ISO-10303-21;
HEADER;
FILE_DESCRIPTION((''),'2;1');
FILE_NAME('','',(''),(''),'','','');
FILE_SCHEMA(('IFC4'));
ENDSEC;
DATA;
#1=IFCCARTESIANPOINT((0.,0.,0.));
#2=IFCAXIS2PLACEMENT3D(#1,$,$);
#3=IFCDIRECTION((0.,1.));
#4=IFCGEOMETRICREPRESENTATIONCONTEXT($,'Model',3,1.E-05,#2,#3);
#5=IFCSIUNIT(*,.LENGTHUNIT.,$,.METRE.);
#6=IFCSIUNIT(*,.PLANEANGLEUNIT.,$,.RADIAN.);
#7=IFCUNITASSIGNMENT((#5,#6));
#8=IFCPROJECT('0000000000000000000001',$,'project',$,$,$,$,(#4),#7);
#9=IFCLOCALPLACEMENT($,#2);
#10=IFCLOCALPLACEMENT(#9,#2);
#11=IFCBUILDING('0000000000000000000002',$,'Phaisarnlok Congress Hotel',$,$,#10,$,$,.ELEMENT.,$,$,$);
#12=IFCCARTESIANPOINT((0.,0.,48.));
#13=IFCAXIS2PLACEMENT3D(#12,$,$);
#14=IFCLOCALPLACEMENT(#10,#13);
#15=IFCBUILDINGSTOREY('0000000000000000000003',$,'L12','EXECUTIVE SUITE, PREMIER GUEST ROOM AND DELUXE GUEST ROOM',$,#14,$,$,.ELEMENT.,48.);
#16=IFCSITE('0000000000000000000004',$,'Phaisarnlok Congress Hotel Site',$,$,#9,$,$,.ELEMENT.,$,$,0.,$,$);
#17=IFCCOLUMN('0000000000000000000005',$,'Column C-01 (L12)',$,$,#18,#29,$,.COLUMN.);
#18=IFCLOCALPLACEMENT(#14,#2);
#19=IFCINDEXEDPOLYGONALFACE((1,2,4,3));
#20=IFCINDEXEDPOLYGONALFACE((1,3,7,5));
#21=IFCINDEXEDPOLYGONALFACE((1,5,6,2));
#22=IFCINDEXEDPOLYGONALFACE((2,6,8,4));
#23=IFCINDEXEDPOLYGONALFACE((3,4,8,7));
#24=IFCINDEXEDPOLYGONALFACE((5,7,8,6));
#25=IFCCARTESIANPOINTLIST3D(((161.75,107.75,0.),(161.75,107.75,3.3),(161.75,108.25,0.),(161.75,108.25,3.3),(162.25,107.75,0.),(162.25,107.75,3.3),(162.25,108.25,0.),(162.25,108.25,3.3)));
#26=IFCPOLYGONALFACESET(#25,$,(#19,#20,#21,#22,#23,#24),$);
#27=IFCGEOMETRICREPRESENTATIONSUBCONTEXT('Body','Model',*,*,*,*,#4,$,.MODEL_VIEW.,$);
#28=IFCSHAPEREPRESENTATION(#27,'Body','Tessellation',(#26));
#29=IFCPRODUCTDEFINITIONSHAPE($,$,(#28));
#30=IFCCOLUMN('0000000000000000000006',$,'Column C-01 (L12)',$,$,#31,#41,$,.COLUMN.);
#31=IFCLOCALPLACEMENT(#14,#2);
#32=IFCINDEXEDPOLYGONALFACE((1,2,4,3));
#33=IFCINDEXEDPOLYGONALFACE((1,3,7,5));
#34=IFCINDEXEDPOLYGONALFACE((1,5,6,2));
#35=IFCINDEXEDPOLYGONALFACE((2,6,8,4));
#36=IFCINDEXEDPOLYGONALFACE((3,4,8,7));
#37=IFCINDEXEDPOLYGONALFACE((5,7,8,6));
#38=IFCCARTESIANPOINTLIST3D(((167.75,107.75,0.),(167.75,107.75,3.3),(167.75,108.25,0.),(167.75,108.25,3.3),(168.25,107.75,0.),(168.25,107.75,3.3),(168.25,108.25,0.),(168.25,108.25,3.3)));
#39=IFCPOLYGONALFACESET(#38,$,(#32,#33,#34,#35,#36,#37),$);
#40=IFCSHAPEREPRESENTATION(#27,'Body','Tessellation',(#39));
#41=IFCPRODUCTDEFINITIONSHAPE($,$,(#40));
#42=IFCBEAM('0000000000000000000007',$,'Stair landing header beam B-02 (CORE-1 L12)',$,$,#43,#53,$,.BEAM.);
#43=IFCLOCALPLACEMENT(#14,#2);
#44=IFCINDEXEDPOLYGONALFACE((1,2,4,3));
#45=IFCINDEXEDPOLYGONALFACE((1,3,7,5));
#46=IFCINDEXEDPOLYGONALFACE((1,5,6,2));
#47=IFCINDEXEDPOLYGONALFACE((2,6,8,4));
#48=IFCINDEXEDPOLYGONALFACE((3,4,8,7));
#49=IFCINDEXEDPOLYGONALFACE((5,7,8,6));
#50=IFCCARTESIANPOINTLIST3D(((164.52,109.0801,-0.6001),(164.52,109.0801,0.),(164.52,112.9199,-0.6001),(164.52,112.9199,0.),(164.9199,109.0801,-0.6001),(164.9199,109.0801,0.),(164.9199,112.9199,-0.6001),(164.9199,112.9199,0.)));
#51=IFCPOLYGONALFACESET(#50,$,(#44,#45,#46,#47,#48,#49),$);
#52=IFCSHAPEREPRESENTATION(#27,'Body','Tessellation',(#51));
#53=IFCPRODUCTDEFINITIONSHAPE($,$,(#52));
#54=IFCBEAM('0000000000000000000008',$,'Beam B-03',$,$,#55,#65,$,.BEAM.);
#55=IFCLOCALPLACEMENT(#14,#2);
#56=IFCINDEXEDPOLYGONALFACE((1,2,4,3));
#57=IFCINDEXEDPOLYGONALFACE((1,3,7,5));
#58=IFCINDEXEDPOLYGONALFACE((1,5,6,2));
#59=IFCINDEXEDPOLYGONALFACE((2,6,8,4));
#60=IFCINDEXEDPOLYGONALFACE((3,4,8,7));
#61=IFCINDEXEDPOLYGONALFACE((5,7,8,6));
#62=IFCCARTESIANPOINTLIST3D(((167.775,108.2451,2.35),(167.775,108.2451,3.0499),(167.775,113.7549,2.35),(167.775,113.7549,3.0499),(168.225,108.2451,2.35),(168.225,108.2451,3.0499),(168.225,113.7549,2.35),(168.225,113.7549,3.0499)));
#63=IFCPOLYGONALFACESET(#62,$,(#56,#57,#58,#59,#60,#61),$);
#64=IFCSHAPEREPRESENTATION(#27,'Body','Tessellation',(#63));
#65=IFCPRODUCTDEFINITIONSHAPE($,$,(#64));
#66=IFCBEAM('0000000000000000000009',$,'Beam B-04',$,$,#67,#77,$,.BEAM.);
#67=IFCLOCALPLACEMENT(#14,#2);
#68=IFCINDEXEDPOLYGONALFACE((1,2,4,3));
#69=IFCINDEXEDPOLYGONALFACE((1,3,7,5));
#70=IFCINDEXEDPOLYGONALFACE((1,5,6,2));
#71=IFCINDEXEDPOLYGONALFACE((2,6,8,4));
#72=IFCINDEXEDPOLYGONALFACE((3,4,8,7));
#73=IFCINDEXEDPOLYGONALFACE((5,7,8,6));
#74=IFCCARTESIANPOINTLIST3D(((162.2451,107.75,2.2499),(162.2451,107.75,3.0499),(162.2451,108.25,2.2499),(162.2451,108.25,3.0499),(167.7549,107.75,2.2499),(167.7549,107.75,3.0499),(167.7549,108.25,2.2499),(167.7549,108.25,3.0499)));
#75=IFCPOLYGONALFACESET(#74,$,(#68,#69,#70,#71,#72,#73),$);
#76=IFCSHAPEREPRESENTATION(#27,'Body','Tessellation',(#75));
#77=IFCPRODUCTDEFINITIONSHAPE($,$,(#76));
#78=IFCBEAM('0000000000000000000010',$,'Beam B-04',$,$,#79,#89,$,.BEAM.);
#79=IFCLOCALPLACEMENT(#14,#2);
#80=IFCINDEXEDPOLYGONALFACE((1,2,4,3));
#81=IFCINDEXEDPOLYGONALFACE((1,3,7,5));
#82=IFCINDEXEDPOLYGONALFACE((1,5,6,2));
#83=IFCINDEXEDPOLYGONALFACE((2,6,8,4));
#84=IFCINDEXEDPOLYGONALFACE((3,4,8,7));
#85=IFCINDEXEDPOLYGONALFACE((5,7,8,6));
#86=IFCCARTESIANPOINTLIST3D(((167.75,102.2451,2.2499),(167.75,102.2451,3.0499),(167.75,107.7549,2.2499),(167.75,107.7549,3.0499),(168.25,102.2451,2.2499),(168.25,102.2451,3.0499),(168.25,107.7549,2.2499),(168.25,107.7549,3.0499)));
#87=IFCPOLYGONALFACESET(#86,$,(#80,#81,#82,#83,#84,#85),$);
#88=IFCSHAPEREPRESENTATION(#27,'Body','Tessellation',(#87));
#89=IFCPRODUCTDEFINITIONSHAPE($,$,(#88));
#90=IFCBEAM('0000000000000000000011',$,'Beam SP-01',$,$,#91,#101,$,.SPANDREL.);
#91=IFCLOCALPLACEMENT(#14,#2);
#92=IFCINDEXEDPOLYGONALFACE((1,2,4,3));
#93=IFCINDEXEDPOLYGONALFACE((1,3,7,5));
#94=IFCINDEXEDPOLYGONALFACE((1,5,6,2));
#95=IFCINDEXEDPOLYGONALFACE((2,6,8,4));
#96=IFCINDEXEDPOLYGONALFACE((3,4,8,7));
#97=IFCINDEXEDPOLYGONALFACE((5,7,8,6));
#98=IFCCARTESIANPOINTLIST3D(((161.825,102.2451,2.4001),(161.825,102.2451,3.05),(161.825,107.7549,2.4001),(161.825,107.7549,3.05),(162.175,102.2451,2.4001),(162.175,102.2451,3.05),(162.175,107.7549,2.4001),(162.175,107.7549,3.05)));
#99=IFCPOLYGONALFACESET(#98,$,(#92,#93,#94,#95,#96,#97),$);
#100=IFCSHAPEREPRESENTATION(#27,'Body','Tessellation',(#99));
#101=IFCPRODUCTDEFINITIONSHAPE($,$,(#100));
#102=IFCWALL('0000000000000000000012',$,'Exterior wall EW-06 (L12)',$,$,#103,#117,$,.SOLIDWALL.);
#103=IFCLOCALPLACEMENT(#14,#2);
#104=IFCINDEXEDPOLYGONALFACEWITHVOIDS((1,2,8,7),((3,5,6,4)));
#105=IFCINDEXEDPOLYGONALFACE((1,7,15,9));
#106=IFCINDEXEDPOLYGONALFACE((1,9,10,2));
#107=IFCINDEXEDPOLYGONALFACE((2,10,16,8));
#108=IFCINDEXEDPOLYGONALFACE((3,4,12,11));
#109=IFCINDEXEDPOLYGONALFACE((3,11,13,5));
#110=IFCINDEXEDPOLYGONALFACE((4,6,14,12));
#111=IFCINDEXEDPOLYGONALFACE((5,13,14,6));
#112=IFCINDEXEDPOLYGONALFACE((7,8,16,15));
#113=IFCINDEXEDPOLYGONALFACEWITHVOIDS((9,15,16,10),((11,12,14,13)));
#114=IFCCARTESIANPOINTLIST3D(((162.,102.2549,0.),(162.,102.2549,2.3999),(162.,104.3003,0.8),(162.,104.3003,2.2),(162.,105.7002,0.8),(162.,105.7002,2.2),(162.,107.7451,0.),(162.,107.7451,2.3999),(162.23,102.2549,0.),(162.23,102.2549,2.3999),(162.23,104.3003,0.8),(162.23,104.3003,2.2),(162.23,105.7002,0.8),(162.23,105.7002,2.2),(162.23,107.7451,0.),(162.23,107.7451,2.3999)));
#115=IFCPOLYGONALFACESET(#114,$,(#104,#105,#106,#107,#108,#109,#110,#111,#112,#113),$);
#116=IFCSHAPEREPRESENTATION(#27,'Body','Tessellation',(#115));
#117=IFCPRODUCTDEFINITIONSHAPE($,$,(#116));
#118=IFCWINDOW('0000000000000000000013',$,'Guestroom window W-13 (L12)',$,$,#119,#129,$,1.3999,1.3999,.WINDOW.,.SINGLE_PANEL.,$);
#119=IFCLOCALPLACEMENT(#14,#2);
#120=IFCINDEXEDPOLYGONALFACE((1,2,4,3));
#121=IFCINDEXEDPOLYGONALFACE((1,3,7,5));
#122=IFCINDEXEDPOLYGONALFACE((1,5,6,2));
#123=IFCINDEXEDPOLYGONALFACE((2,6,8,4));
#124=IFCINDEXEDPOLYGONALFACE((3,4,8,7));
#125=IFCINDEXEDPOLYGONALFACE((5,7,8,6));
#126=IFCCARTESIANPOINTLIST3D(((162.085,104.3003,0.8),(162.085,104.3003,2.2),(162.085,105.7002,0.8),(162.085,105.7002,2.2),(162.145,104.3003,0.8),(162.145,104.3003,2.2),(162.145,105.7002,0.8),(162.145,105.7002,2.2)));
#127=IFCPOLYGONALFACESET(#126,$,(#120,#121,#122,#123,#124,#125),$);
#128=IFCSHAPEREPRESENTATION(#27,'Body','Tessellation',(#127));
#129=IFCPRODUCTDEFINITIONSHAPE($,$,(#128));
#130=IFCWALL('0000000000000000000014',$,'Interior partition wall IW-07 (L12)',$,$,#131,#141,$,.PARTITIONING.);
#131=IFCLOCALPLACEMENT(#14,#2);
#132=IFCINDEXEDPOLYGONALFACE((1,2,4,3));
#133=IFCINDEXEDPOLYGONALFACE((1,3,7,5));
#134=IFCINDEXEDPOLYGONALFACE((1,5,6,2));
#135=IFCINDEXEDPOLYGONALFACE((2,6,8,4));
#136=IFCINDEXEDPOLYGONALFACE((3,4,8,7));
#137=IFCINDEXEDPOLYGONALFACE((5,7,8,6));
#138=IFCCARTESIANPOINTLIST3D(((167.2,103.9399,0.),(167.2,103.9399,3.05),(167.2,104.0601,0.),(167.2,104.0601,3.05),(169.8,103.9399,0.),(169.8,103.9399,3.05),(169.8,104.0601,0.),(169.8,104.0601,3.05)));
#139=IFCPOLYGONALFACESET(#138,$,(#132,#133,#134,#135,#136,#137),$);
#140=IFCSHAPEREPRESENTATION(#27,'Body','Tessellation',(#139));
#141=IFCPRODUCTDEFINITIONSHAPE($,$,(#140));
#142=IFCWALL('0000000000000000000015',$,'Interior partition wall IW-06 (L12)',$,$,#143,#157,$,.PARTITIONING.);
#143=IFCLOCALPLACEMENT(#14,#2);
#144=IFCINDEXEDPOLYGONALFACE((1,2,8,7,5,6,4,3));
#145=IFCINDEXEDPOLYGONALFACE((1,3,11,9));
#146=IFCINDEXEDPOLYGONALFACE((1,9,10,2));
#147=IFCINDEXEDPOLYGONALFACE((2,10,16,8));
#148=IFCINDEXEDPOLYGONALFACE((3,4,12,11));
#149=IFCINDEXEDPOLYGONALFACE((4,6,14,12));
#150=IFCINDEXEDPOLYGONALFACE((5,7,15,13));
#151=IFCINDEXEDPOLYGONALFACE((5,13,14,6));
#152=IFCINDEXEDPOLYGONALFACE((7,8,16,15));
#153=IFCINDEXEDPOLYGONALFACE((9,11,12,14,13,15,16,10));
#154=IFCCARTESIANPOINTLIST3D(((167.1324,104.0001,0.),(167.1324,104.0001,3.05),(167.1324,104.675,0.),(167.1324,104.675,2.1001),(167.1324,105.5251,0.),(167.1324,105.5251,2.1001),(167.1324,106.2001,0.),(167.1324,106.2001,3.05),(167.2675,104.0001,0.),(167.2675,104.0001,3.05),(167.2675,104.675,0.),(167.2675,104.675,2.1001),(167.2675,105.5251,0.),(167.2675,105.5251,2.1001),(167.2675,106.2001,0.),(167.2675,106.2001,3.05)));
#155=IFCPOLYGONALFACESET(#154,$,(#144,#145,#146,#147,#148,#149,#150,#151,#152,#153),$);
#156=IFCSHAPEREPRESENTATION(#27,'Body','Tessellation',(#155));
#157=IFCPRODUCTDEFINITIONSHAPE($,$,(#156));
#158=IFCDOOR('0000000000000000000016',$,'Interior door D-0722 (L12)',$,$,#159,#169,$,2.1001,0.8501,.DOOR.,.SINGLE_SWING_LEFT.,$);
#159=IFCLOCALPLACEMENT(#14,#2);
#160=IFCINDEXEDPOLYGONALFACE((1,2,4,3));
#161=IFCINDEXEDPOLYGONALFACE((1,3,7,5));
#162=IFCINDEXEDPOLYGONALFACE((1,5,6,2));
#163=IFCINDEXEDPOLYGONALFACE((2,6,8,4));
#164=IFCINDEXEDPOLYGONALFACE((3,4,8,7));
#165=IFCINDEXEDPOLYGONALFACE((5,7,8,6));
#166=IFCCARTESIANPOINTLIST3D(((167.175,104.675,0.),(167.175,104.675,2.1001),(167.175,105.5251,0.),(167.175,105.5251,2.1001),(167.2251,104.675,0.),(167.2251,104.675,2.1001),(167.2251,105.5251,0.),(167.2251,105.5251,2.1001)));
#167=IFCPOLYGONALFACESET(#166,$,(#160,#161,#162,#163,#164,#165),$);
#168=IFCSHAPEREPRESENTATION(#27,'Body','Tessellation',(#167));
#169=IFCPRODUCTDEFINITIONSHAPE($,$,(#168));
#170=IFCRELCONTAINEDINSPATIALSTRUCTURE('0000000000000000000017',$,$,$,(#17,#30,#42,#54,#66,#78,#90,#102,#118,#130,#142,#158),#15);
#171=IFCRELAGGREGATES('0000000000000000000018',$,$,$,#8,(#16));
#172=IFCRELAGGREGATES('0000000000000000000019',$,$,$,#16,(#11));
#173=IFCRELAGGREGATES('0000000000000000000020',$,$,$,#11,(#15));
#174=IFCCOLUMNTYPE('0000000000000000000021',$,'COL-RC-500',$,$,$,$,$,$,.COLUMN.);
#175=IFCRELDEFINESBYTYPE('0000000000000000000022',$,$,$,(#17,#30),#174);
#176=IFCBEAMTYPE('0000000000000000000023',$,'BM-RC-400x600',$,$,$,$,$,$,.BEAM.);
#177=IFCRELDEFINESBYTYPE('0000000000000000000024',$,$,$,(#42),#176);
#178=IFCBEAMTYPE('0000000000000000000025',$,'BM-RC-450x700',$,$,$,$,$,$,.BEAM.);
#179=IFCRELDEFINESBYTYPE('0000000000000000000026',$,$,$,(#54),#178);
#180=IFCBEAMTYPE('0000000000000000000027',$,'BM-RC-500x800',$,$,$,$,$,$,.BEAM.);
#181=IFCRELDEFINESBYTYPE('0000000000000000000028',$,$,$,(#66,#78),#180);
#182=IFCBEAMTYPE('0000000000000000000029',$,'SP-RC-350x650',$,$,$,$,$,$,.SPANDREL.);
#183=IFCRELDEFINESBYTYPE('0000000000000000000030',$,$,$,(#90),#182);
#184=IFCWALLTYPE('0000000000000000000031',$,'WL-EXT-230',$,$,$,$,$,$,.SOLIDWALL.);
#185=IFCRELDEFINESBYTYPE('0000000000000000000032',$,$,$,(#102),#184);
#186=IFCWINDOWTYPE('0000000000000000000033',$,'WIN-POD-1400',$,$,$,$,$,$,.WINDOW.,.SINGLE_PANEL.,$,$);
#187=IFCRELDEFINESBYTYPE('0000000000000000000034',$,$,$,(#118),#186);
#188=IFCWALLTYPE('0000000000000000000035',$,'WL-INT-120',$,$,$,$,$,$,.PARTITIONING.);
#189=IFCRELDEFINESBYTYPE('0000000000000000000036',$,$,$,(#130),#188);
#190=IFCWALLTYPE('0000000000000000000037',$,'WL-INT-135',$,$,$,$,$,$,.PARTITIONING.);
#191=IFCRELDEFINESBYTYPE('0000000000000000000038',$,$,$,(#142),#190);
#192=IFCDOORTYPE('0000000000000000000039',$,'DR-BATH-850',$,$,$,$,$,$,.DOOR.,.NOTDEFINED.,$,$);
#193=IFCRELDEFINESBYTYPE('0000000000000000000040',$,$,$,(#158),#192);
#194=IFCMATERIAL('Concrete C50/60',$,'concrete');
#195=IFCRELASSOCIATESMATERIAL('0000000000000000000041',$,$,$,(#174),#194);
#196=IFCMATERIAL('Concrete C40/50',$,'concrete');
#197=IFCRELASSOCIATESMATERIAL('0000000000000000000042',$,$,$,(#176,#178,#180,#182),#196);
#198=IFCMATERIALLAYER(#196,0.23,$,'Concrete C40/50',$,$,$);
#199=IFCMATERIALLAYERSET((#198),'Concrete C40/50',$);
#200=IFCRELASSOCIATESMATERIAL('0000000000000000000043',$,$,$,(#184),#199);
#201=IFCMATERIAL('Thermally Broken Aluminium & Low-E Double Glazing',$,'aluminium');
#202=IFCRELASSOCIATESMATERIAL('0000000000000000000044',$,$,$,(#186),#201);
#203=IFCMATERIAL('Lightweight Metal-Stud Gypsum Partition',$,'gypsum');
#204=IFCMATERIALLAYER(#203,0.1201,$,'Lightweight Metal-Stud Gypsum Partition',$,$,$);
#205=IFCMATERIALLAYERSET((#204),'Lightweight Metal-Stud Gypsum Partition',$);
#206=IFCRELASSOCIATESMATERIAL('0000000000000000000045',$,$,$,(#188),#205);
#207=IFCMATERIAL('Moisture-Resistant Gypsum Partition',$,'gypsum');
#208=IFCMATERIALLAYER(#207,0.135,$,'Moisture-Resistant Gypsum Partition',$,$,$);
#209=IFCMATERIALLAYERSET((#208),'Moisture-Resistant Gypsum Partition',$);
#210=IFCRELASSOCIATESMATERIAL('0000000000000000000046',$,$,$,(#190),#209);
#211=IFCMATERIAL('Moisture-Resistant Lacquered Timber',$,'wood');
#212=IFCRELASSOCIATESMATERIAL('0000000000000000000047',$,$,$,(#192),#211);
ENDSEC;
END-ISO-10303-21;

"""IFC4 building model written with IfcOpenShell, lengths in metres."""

from ifc_helpers import new_model, si_unit, direction, frame, frame_2d, origin, origin_2d, place, context, subcontext, project, spatial, rectangle, extrude, material, layer, layer_set, material_profile, profile_set, type_object, element, fill, save


model = new_model("IFC4")

# Units and contexts
model_context = context("Model", 3, precision=1e-05, world=origin(), true_north=direction((0.0, 1.0)))
body_context = subcontext(model_context, "Body", "Model", "MODEL_VIEW")
ifc_project = project(units=[si_unit("LENGTHUNIT", "METRE"), si_unit("PLANEANGLEUNIT", "RADIAN")], contexts=[model_context])

# Site, building, storey
site_placement = place(None, origin())
site = spatial("IfcSite", under=ifc_project, at=site_placement, Name="Phaisarnlok Congress Hotel Site", CompositionType="ELEMENT", RefElevation=0.0)
building_placement = place(site_placement, origin())
building = spatial("IfcBuilding", under=site, at=building_placement, Name="Phaisarnlok Congress Hotel", CompositionType="ELEMENT")
storey_placement = place(building_placement, frame((0.0, 0.0, 48.0)))
storey = spatial("IfcBuildingStorey", under=building, at=storey_placement, Name="L12", Description="EXECUTIVE SUITE, PREMIER GUEST ROOM AND DELUXE GUEST ROOM", CompositionType="ELEMENT", Elevation=48.0)

# Columns
ifc_material_1 = material(Name="Concrete C50/60", Category="concrete")
ifc_material_profile_1 = material_profile(ifc_material_1, rectangle(XDim=0.5, YDim=0.5, at=origin_2d()), Name="RC 500x500")
ifc_profile_set_1 = profile_set([ifc_material_profile_1], Name="Concrete C50/60")
column_type = type_object("IfcColumnType", Name="COL-RC-500", PredefinedType="COLUMN", material=ifc_profile_set_1)
for number, where, z_axis, x_axis, name in (
    (1, (162.0, 108.0, 0.0), (0.0, 0.0, 1.0), (1.0, 0.0, 0.0), "Column C-01 (L12)"),
    (2, (168.0, 108.0, 0.0), (0.0, 0.0, 1.0), (1.0, 0.0, 0.0), "Column C-01 (L12)"),
):
    element("IfcColumn", number, at=place(storey_placement, frame(where, z_axis=z_axis, x_axis=x_axis)), inside=storey, type_object=column_type, Name=name, PredefinedType="COLUMN", context=body_context, shape_type="SweptSolid", body=[
        extrude(rectangle(XDim=0.5, YDim=0.5, at=origin_2d()), origin(), (0.0, 0.0, 1.0), 3.3),
    ])

# Beams
ifc_material_2 = material(Name="Concrete C40/50", Category="concrete")
ifc_material_profile_2 = material_profile(ifc_material_2, rectangle(XDim=0.3999, YDim=0.6001, at=origin_2d()), Name="RC 400x600")
ifc_profile_set_2 = profile_set([ifc_material_profile_2], Name="Concrete C40/50")
beam_type_1 = type_object("IfcBeamType", Name="BM-RC-400x600", PredefinedType="BEAM", material=ifc_profile_set_2)
beam_1_placement = place(storey_placement, frame((164.72, 109.0801, -0.3), z_axis=(0.0, 1.0, 0.0), x_axis=(-1.0, 0.0, 0.0)))
element("IfcBeam", 3, at=beam_1_placement, inside=storey, type_object=beam_type_1, Name="Stair landing header beam B-02 (CORE-1 L12)", PredefinedType="BEAM", context=body_context, shape_type="SweptSolid", body=[
    extrude(rectangle(XDim=0.3999, YDim=0.6001, at=origin_2d()), origin(), (0.0, 0.0, 1.0), 3.8398),
])
ifc_material_profile_3 = material_profile(ifc_material_2, rectangle(XDim=0.45, YDim=0.7, at=origin_2d()), Name="RC 450x700")
ifc_profile_set_3 = profile_set([ifc_material_profile_3], Name="Concrete C40/50")
beam_type_2 = type_object("IfcBeamType", Name="BM-RC-450x700", PredefinedType="BEAM", material=ifc_profile_set_3)
beam_2_placement = place(storey_placement, frame((168.0, 108.2451, 2.7), z_axis=(0.0, 1.0, 0.0), x_axis=(-1.0, 0.0, 0.0)))
element("IfcBeam", 4, at=beam_2_placement, inside=storey, type_object=beam_type_2, Name="Beam B-03", PredefinedType="BEAM", context=body_context, shape_type="SweptSolid", body=[
    extrude(rectangle(XDim=0.45, YDim=0.7, at=origin_2d()), origin(), (0.0, 0.0, 1.0), 5.5098),
])
ifc_material_profile_4 = material_profile(ifc_material_2, rectangle(XDim=0.5, YDim=0.8, at=origin_2d()), Name="RC 500x800")
ifc_profile_set_4 = profile_set([ifc_material_profile_4], Name="Concrete C40/50")
beam_type_3 = type_object("IfcBeamType", Name="BM-RC-500x800", PredefinedType="BEAM", material=ifc_profile_set_4)
for number, where, z_axis, x_axis, name in (
    (5, (162.2451, 108.0, 2.6499), (1.0, 0.0, 0.0), (0.0, 1.0, 0.0), "Beam B-04"),
    (6, (168.0, 102.2451, 2.6499), (0.0, 1.0, 0.0), (-1.0, 0.0, 0.0), "Beam B-04"),
):
    element("IfcBeam", number, at=place(storey_placement, frame(where, z_axis=z_axis, x_axis=x_axis)), inside=storey, type_object=beam_type_3, Name=name, PredefinedType="BEAM", context=body_context, shape_type="SweptSolid", body=[
        extrude(rectangle(XDim=0.5, YDim=0.8, at=origin_2d()), origin(), (0.0, 0.0, 1.0), 5.5098),
    ])
ifc_material_profile_5 = material_profile(ifc_material_2, rectangle(XDim=0.3501, YDim=0.6499, at=origin_2d()), Name="RC 350x650")
ifc_profile_set_5 = profile_set([ifc_material_profile_5], Name="Concrete C40/50")
beam_type_4 = type_object("IfcBeamType", Name="SP-RC-350x650", PredefinedType="SPANDREL", material=ifc_profile_set_5)
beam_3_placement = place(storey_placement, frame((162.0, 102.2451, 2.7251), z_axis=(0.0, 1.0, 0.0), x_axis=(-1.0, 0.0, 0.0)))
element("IfcBeam", 7, at=beam_3_placement, inside=storey, type_object=beam_type_4, Name="Beam SP-01", PredefinedType="SPANDREL", context=body_context, shape_type="SweptSolid", body=[
    extrude(rectangle(XDim=0.3501, YDim=0.6499, at=origin_2d()), origin(), (0.0, 0.0, 1.0), 5.5098),
])

# Wall, opening, window
ifc_layer_1 = layer(ifc_material_2, 0.23, Name="Concrete C40/50")
ifc_layer_set_1 = layer_set([ifc_layer_1], Name="Concrete C40/50")
wall_type_1 = type_object("IfcWallType", Name="WL-EXT-230", PredefinedType="SOLIDWALL", material=ifc_layer_set_1)
wall_1_placement = place(storey_placement, frame((162.115, 107.7451, 0.0), z_axis=(0.0, 0.0, 1.0), x_axis=(0.0, -1.0, 0.0)))
wall_1 = element("IfcWall", 8, at=wall_1_placement, inside=storey, type_object=wall_type_1, Name="Exterior wall EW-06 (L12)", PredefinedType="SOLIDWALL", context=body_context, shape_type="SweptSolid", body=[
    extrude(rectangle(XDim=5.4902, YDim=0.23, at=frame_2d((2.7451, 0.0))), origin(), (0.0, 0.0, 1.0), 2.3999),
])
opening_1_placement = place(wall_1_placement, frame((2.0449, 0.0, 0.8)))
opening_1 = element("IfcOpeningElement", 9, at=opening_1_placement, cuts=wall_1, PredefinedType="OPENING", context=body_context, shape_type="SweptSolid", body=[
    extrude(rectangle(XDim=1.3999, YDim=1.3999, at=frame_2d((0.7, 0.7))), frame((0.0, 0.125, 0.0), z_axis=(0.0, -1.0, 0.0), x_axis=(1.0, 0.0, 0.0)), (0.0, 0.0, 1.0), 0.25),
])
ifc_material_3 = material(Name="Thermally Broken Aluminium & Low-E Double Glazing", Category="aluminium")
window_type = type_object("IfcWindowType", Name="WIN-POD-1400", PartitioningType="SINGLE_PANEL", PredefinedType="WINDOW", material=ifc_material_3)
window_placement = place(opening_1_placement, origin())
window = element("IfcWindow", 10, at=window_placement, inside=storey, type_object=window_type, Name="Guestroom window W-13 (L12)", OverallHeight=1.3999, OverallWidth=1.3999, PartitioningType="SINGLE_PANEL", PredefinedType="WINDOW", context=body_context, shape_type="SweptSolid", body=[
    extrude(rectangle(XDim=1.3999, YDim=1.3999, at=frame_2d((0.7, 0.7))), frame((0.0, 0.03, 0.0), z_axis=(0.0, -1.0, 0.0), x_axis=(1.0, 0.0, 0.0)), (0.0, 0.0, 1.0), 0.0601),
])
fill(opening_1, window)

# Wall
ifc_material_4 = material(Name="Lightweight Metal-Stud Gypsum Partition", Category="gypsum")
ifc_layer_2 = layer(ifc_material_4, 0.1201, Name="Lightweight Metal-Stud Gypsum Partition")
ifc_layer_set_2 = layer_set([ifc_layer_2], Name="Lightweight Metal-Stud Gypsum Partition")
wall_type_2 = type_object("IfcWallType", Name="WL-INT-120", PredefinedType="PARTITIONING", material=ifc_layer_set_2)
wall_2_placement = place(storey_placement, frame((167.2, 104.0, 0.0), z_axis=(0.0, 0.0, 1.0), x_axis=(1.0, 0.0, 0.0)))
element("IfcWall", 11, at=wall_2_placement, inside=storey, type_object=wall_type_2, Name="Interior partition wall IW-07 (L12)", PredefinedType="PARTITIONING", context=body_context, shape_type="SweptSolid", body=[
    extrude(rectangle(XDim=2.6001, YDim=0.1201, at=frame_2d((1.3, 0.0))), origin(), (0.0, 0.0, 1.0), 3.05),
])

# Wall, opening, door
ifc_material_5 = material(Name="Moisture-Resistant Gypsum Partition", Category="gypsum")
ifc_layer_3 = layer(ifc_material_5, 0.135, Name="Moisture-Resistant Gypsum Partition")
ifc_layer_set_3 = layer_set([ifc_layer_3], Name="Moisture-Resistant Gypsum Partition")
wall_type_3 = type_object("IfcWallType", Name="WL-INT-135", PredefinedType="PARTITIONING", material=ifc_layer_set_3)
wall_3_placement = place(storey_placement, frame((167.2, 104.0, 0.0), z_axis=(0.0, 0.0, 1.0), x_axis=(0.0, 1.0, 0.0)))
wall_3 = element("IfcWall", 12, at=wall_3_placement, inside=storey, type_object=wall_type_3, Name="Interior partition wall IW-06 (L12)", PredefinedType="PARTITIONING", context=body_context, shape_type="SweptSolid", body=[
    extrude(rectangle(XDim=2.2, YDim=0.135, at=frame_2d((1.1001, 0.0))), origin(), (0.0, 0.0, 1.0), 3.05),
])
opening_2_placement = place(wall_3_placement, frame((0.675, 0.0, 0.0)))
opening_2 = element("IfcOpeningElement", 13, at=opening_2_placement, cuts=wall_3, PredefinedType="OPENING", context=body_context, shape_type="SweptSolid", body=[
    extrude(rectangle(XDim=0.8501, YDim=2.1001, at=frame_2d((0.425, 1.05))), frame((0.0, 0.0776, 0.0), z_axis=(0.0, -1.0, 0.0), x_axis=(1.0, 0.0, 0.0)), (0.0, 0.0, 1.0), 0.155),
])
ifc_material_6 = material(Name="Moisture-Resistant Lacquered Timber", Category="wood")
door_type_1 = type_object("IfcDoorType", Name="DR-BATH-850", OperationType="NOTDEFINED", PredefinedType="DOOR", material=ifc_material_6)
door_1_placement = place(opening_2_placement, origin())
door_1 = element("IfcDoor", 14, at=door_1_placement, inside=storey, type_object=door_type_1, Name="Interior door D-0722 (L12)", OperationType="SINGLE_SWING_LEFT", OverallHeight=2.1001, OverallWidth=0.8501, PredefinedType="DOOR", context=body_context, shape_type="SweptSolid", body=[
    extrude(rectangle(XDim=0.8501, YDim=2.1001, at=frame_2d((0.425, 1.05))), frame((0.0, 0.0249, 0.0), z_axis=(0.0, -1.0, 0.0), x_axis=(1.0, 0.0, 0.0)), (0.0, 0.0, 1.0), 0.05),
])
fill(opening_2, door_1)

save(model, "model.ifc")
